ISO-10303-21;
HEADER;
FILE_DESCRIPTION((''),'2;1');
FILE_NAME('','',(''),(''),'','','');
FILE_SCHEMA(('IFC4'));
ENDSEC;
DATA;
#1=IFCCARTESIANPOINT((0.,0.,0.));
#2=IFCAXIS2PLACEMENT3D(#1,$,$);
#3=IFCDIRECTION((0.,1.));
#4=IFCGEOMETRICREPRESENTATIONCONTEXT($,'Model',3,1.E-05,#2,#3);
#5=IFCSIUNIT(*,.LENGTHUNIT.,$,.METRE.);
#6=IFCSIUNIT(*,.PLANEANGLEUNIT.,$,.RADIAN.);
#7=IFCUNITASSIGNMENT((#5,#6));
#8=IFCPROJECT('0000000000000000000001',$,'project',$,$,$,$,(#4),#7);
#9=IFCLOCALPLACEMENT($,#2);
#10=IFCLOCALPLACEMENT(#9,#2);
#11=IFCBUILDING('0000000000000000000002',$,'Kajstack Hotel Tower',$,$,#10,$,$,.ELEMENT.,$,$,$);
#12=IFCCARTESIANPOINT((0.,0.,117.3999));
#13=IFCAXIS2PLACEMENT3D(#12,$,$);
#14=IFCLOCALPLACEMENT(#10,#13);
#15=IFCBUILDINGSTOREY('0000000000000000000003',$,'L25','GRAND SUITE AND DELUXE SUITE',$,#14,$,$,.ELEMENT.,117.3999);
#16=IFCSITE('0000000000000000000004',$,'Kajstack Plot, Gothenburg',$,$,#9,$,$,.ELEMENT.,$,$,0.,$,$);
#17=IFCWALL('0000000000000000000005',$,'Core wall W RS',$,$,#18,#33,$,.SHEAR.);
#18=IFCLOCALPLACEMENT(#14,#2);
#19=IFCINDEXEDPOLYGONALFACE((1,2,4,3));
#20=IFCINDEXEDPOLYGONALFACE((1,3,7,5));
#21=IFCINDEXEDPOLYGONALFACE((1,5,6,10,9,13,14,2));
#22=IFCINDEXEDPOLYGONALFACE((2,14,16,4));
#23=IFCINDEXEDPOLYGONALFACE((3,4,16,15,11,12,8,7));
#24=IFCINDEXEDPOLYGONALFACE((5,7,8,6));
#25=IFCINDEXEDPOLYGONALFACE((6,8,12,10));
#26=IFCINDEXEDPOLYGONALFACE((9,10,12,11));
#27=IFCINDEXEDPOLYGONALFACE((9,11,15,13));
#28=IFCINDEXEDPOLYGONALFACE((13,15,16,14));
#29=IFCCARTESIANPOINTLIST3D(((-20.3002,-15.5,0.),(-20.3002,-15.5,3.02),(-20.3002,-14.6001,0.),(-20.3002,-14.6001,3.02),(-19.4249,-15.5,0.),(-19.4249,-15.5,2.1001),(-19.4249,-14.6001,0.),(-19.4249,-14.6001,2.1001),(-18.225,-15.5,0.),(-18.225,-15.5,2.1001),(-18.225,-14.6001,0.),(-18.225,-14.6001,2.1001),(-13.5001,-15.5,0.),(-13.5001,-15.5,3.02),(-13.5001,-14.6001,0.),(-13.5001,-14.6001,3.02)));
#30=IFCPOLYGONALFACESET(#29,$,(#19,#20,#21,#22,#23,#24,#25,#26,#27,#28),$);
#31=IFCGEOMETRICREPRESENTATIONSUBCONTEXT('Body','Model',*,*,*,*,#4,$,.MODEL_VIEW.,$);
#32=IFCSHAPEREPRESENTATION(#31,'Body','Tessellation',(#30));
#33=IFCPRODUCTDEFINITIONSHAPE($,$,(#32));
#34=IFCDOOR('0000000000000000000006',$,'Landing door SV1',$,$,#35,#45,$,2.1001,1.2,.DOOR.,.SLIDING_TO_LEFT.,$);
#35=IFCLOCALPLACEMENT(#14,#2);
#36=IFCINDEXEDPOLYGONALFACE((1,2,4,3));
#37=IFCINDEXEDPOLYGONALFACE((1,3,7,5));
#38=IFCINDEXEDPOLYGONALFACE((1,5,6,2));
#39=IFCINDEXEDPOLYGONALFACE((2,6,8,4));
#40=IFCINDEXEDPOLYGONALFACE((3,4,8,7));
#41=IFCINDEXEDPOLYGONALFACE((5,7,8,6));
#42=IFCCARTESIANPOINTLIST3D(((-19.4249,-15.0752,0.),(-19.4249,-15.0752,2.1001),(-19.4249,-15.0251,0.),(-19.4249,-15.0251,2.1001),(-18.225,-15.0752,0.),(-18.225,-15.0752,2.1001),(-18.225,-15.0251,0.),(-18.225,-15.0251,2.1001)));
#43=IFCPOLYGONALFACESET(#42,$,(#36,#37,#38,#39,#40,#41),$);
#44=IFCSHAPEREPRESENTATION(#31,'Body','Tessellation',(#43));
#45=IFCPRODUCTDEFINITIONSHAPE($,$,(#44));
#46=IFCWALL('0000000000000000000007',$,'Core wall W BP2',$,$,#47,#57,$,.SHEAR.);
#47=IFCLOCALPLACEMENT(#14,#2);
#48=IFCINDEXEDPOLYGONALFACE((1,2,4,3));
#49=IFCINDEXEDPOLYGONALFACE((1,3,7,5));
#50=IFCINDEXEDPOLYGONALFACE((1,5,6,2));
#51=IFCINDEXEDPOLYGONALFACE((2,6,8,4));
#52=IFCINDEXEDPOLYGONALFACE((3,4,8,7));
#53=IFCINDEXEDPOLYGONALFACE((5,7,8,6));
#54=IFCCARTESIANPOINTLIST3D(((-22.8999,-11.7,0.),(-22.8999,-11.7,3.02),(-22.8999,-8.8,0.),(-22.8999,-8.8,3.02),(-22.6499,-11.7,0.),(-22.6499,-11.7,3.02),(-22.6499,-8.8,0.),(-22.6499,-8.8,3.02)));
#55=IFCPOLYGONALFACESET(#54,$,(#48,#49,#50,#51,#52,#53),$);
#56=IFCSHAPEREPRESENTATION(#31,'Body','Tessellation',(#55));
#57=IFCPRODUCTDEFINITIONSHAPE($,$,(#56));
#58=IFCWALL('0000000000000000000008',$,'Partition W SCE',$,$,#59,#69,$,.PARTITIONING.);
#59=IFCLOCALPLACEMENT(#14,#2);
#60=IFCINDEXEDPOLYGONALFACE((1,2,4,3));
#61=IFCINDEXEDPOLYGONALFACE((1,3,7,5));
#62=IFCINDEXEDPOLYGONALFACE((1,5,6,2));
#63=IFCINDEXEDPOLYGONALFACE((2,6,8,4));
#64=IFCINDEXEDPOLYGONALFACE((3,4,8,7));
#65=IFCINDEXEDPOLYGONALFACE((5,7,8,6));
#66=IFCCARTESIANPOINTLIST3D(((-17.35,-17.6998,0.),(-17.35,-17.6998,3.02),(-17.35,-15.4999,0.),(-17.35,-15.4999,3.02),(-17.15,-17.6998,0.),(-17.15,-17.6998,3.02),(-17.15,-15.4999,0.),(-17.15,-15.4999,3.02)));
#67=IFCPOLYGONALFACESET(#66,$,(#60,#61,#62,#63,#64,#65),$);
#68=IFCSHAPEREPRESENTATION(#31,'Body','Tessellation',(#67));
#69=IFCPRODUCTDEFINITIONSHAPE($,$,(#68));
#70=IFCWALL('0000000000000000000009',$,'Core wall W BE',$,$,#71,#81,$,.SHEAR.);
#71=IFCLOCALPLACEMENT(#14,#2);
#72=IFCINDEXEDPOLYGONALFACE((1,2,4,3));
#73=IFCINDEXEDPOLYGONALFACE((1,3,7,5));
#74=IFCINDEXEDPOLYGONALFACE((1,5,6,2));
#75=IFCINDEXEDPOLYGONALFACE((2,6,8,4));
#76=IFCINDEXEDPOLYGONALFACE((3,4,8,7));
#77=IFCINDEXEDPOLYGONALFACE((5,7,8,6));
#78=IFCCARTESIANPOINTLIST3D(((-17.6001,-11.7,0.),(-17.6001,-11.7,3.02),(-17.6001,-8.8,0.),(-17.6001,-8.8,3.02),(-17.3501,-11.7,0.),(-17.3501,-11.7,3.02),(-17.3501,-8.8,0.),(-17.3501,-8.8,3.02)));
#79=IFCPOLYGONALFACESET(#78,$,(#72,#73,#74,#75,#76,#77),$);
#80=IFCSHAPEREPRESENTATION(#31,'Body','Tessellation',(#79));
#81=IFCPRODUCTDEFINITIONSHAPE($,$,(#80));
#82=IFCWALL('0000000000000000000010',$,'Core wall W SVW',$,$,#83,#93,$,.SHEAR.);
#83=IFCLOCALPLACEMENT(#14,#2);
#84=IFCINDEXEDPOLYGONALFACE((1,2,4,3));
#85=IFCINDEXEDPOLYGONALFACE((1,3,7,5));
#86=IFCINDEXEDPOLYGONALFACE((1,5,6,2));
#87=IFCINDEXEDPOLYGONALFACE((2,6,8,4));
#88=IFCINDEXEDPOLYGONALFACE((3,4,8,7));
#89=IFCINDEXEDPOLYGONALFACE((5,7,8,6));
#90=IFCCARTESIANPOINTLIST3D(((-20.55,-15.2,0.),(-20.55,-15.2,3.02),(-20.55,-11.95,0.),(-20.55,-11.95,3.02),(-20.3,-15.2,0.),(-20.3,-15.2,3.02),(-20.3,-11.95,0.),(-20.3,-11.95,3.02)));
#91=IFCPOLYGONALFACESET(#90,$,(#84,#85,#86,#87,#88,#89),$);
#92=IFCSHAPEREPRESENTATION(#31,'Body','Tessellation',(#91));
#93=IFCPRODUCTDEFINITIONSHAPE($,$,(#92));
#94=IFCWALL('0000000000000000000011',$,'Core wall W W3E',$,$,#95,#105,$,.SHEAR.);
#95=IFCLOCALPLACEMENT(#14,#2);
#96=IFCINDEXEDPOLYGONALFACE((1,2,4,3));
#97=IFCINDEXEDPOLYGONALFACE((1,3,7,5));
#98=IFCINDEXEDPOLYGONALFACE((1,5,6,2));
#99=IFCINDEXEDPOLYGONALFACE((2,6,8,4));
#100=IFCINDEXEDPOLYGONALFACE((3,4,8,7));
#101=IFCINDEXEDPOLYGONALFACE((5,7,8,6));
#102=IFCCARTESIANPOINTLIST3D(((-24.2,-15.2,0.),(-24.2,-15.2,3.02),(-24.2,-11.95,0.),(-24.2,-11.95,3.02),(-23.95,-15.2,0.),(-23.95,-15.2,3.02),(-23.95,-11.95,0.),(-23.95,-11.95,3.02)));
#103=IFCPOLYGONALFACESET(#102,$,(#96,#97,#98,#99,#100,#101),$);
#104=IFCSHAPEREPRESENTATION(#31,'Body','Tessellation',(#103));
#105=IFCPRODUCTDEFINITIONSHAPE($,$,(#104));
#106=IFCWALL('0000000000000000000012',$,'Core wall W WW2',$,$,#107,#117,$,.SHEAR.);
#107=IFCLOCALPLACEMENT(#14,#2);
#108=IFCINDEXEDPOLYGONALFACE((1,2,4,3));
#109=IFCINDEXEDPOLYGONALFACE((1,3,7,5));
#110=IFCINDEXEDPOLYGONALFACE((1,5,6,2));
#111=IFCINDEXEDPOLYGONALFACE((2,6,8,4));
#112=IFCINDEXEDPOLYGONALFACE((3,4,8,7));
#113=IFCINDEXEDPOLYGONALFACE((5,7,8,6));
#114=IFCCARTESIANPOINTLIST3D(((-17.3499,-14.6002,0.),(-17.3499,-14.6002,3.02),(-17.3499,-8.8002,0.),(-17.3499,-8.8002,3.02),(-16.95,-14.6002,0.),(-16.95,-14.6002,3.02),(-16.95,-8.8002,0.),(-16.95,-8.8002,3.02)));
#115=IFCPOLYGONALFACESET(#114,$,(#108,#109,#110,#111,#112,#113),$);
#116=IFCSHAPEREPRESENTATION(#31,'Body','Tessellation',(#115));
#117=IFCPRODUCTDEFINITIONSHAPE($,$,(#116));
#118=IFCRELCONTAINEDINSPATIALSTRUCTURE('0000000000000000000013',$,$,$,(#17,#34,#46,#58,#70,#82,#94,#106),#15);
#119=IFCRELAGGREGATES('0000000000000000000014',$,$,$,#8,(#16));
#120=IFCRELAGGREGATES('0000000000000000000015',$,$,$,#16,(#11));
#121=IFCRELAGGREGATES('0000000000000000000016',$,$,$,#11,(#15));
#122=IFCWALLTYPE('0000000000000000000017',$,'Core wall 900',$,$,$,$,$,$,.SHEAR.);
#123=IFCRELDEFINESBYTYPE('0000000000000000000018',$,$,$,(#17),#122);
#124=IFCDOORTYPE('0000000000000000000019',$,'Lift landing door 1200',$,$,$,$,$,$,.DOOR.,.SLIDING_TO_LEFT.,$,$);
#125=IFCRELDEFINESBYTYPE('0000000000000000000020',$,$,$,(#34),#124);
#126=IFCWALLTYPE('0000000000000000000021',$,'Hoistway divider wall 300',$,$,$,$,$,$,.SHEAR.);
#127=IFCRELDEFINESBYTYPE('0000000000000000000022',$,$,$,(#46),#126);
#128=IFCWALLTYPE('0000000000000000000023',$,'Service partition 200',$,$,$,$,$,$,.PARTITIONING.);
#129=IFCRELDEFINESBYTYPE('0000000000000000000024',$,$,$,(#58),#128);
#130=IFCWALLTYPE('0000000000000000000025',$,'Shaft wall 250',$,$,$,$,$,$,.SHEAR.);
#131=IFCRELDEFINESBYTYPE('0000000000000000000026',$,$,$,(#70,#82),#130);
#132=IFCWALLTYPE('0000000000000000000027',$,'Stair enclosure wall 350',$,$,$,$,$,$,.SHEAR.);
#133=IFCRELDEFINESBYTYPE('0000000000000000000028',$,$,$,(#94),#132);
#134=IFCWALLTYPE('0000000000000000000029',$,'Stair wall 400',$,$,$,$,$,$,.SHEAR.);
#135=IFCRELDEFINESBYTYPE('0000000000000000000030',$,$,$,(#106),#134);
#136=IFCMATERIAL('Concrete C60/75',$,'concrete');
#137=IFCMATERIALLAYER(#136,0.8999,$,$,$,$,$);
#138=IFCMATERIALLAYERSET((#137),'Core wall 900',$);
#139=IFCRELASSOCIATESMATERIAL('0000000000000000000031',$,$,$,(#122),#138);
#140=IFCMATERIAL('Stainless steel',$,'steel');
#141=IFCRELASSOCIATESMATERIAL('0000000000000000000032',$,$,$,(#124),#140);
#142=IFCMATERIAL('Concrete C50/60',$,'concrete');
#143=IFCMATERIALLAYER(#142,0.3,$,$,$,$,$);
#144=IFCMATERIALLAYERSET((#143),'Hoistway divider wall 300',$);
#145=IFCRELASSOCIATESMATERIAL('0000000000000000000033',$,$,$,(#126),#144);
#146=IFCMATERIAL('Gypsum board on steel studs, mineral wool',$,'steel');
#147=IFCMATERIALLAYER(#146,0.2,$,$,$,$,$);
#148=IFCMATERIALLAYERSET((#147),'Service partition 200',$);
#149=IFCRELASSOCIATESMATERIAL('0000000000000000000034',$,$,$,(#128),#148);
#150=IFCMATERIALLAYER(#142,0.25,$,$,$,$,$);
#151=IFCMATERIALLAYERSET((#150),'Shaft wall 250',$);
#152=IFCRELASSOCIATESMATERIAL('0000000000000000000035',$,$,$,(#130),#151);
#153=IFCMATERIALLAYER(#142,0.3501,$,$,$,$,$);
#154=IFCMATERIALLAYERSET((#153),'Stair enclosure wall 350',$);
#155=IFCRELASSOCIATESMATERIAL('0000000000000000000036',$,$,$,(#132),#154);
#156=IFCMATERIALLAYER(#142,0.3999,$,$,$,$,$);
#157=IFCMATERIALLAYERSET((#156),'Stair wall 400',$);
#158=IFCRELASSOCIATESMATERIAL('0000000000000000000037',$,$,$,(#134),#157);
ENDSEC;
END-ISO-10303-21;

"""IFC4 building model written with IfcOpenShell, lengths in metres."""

from ifc_helpers import new_model, si_unit, direction, frame, frame_2d, origin, place, context, subcontext, project, spatial, rectangle, extrude, material, layer, layer_set, type_object, element, fill, save


model = new_model("IFC4")

# Units and contexts
model_context = context("Model", 3, precision=1e-05, world=origin(), true_north=direction((0.0, 1.0)))
body_context = subcontext(model_context, "Body", "Model", "MODEL_VIEW")
ifc_project = project(units=[si_unit("LENGTHUNIT", "METRE"), si_unit("PLANEANGLEUNIT", "RADIAN")], contexts=[model_context])

# Site, building, storey
site_placement = place(None, origin())
site = spatial("IfcSite", under=ifc_project, at=site_placement, Name="Kajstack Plot, Gothenburg", CompositionType="ELEMENT", RefElevation=0.0)
building_placement = place(site_placement, origin())
building = spatial("IfcBuilding", under=site, at=building_placement, Name="Kajstack Hotel Tower", CompositionType="ELEMENT")
storey_placement = place(building_placement, frame((0.0, 0.0, 117.3999)))
storey = spatial("IfcBuildingStorey", under=building, at=storey_placement, Name="L25", Description="GRAND SUITE AND DELUXE SUITE", CompositionType="ELEMENT", Elevation=117.3999)

# Wall, opening, door
ifc_material_1 = material(Name="Concrete C60/75", Category="concrete")
ifc_layer_1 = layer(ifc_material_1, 0.8999)
ifc_layer_set_1 = layer_set([ifc_layer_1], Name="Core wall 900")
wall_type_1 = type_object("IfcWallType", Name="Core wall 900", PredefinedType="SHEAR", material=ifc_layer_set_1)
wall_1_placement = place(storey_placement, frame((-20.3, -15.05, 0.0), z_axis=(0.0, 0.0, 1.0), x_axis=(1.0, 0.0, 0.0)))
wall_1 = element("IfcWall", 1, at=wall_1_placement, inside=storey, type_object=wall_type_1, Name="Core wall W RS", PredefinedType="SHEAR", context=body_context, shape_type="SweptSolid", body=[
    extrude(rectangle(XDim=6.8, YDim=0.8999, at=frame_2d((3.3999, 0.0))), origin(), (0.0, 0.0, 1.0), 3.02),
])
opening_placement = place(wall_1_placement, frame((0.875, 0.0, 0.0)))
opening = element("IfcOpeningElement", 2, at=opening_placement, cuts=wall_1, PredefinedType="OPENING", context=body_context, shape_type="SweptSolid", body=[
    extrude(rectangle(XDim=1.2, YDim=2.1001, at=frame_2d((0.6001, 1.05))), frame((0.0, 0.46, 0.0), z_axis=(0.0, -1.0, 0.0), x_axis=(1.0, 0.0, 0.0)), (0.0, 0.0, 1.0), 0.9199),
])
ifc_material_2 = material(Name="Stainless steel", Category="steel")
door_type = type_object("IfcDoorType", Name="Lift landing door 1200", OperationType="SLIDING_TO_LEFT", PredefinedType="DOOR", material=ifc_material_2)
door_placement = place(opening_placement, origin())
door = element("IfcDoor", 3, at=door_placement, inside=storey, type_object=door_type, Name="Landing door SV1", OperationType="SLIDING_TO_LEFT", OverallHeight=2.1001, OverallWidth=1.2, PredefinedType="DOOR", context=body_context, shape_type="SweptSolid", body=[
    extrude(rectangle(XDim=1.2, YDim=2.1001, at=frame_2d((0.6001, 1.05))), frame((0.0, 0.0249, 0.0), z_axis=(0.0, -1.0, 0.0), x_axis=(1.0, 0.0, 0.0)), (0.0, 0.0, 1.0), 0.05),
])
fill(opening, door)

# Walls
ifc_material_3 = material(Name="Concrete C50/60", Category="concrete")
ifc_layer_2 = layer(ifc_material_3, 0.3)
ifc_layer_set_2 = layer_set([ifc_layer_2], Name="Hoistway divider wall 300")
wall_type_2 = type_object("IfcWallType", Name="Hoistway divider wall 300", PredefinedType="SHEAR", material=ifc_layer_set_2)
wall_2_placement = place(storey_placement, frame((-22.7749, -11.7, 0.0), z_axis=(0.0, 0.0, 1.0), x_axis=(0.0, 1.0, 0.0)))
element("IfcWall", 4, at=wall_2_placement, inside=storey, type_object=wall_type_2, Name="Core wall W BP2", PredefinedType="SHEAR", context=body_context, shape_type="SweptSolid", body=[
    extrude(rectangle(XDim=2.8999, YDim=0.25, at=frame_2d((1.45, 0.0))), origin(), (0.0, 0.0, 1.0), 3.02),
])
ifc_material_4 = material(Name="Gypsum board on steel studs, mineral wool", Category="steel")
ifc_layer_3 = layer(ifc_material_4, 0.2)
ifc_layer_set_3 = layer_set([ifc_layer_3], Name="Service partition 200")
wall_type_3 = type_object("IfcWallType", Name="Service partition 200", PredefinedType="PARTITIONING", material=ifc_layer_set_3)
wall_3_placement = place(storey_placement, frame((-17.25, -17.7, 0.0), z_axis=(0.0, 0.0, 1.0), x_axis=(0.0, 1.0, 0.0)))
element("IfcWall", 5, at=wall_3_placement, inside=storey, type_object=wall_type_3, Name="Partition W SCE", PredefinedType="PARTITIONING", context=body_context, shape_type="SweptSolid", body=[
    extrude(rectangle(XDim=2.2, YDim=0.2, at=frame_2d((1.1001, 0.0))), origin(), (0.0, 0.0, 1.0), 3.02),
])
ifc_layer_4 = layer(ifc_material_3, 0.25)
ifc_layer_set_4 = layer_set([ifc_layer_4], Name="Shaft wall 250")
wall_type_4 = type_object("IfcWallType", Name="Shaft wall 250", PredefinedType="SHEAR", material=ifc_layer_set_4)
wall_4_placement = place(storey_placement, frame((-17.4751, -11.7, 0.0), z_axis=(0.0, 0.0, 1.0), x_axis=(0.0, 1.0, 0.0)))
element("IfcWall", 6, at=wall_4_placement, inside=storey, type_object=wall_type_4, Name="Core wall W BE", PredefinedType="SHEAR", context=body_context, shape_type="SweptSolid", body=[
    extrude(rectangle(XDim=2.8999, YDim=0.25, at=frame_2d((1.45, 0.0))), origin(), (0.0, 0.0, 1.0), 3.02),
])
wall_5_placement = place(storey_placement, frame((-20.425, -15.2, 0.0), z_axis=(0.0, 0.0, 1.0), x_axis=(0.0, 1.0, 0.0)))
element("IfcWall", 7, at=wall_5_placement, inside=storey, type_object=wall_type_4, Name="Core wall W SVW", PredefinedType="SHEAR", context=body_context, shape_type="SweptSolid", body=[
    extrude(rectangle(XDim=3.25, YDim=0.25, at=frame_2d((1.625, 0.0))), origin(), (0.0, 0.0, 1.0), 3.02),
])
ifc_layer_5 = layer(ifc_material_3, 0.3501)
ifc_layer_set_5 = layer_set([ifc_layer_5], Name="Stair enclosure wall 350")
wall_type_5 = type_object("IfcWallType", Name="Stair enclosure wall 350", PredefinedType="SHEAR", material=ifc_layer_set_5)
wall_6_placement = place(storey_placement, frame((-24.075, -15.2, 0.0), z_axis=(0.0, 0.0, 1.0), x_axis=(0.0, 1.0, 0.0)))
element("IfcWall", 8, at=wall_6_placement, inside=storey, type_object=wall_type_5, Name="Core wall W W3E", PredefinedType="SHEAR", context=body_context, shape_type="SweptSolid", body=[
    extrude(rectangle(XDim=3.25, YDim=0.25, at=frame_2d((1.625, 0.0))), origin(), (0.0, 0.0, 1.0), 3.02),
])
ifc_layer_6 = layer(ifc_material_3, 0.3999)
ifc_layer_set_6 = layer_set([ifc_layer_6], Name="Stair wall 400")
wall_type_6 = type_object("IfcWallType", Name="Stair wall 400", PredefinedType="SHEAR", material=ifc_layer_set_6)
wall_7_placement = place(storey_placement, frame((-17.1499, -14.6001, 0.0), z_axis=(0.0, 0.0, 1.0), x_axis=(0.0, 1.0, 0.0)))
element("IfcWall", 9, at=wall_7_placement, inside=storey, type_object=wall_type_6, Name="Core wall W WW2", PredefinedType="SHEAR", context=body_context, shape_type="SweptSolid", body=[
    extrude(rectangle(XDim=5.8, YDim=0.3999, at=frame_2d((2.8999, 0.0))), origin(), (0.0, 0.0, 1.0), 3.02),
])

save(model, "model.ifc")
